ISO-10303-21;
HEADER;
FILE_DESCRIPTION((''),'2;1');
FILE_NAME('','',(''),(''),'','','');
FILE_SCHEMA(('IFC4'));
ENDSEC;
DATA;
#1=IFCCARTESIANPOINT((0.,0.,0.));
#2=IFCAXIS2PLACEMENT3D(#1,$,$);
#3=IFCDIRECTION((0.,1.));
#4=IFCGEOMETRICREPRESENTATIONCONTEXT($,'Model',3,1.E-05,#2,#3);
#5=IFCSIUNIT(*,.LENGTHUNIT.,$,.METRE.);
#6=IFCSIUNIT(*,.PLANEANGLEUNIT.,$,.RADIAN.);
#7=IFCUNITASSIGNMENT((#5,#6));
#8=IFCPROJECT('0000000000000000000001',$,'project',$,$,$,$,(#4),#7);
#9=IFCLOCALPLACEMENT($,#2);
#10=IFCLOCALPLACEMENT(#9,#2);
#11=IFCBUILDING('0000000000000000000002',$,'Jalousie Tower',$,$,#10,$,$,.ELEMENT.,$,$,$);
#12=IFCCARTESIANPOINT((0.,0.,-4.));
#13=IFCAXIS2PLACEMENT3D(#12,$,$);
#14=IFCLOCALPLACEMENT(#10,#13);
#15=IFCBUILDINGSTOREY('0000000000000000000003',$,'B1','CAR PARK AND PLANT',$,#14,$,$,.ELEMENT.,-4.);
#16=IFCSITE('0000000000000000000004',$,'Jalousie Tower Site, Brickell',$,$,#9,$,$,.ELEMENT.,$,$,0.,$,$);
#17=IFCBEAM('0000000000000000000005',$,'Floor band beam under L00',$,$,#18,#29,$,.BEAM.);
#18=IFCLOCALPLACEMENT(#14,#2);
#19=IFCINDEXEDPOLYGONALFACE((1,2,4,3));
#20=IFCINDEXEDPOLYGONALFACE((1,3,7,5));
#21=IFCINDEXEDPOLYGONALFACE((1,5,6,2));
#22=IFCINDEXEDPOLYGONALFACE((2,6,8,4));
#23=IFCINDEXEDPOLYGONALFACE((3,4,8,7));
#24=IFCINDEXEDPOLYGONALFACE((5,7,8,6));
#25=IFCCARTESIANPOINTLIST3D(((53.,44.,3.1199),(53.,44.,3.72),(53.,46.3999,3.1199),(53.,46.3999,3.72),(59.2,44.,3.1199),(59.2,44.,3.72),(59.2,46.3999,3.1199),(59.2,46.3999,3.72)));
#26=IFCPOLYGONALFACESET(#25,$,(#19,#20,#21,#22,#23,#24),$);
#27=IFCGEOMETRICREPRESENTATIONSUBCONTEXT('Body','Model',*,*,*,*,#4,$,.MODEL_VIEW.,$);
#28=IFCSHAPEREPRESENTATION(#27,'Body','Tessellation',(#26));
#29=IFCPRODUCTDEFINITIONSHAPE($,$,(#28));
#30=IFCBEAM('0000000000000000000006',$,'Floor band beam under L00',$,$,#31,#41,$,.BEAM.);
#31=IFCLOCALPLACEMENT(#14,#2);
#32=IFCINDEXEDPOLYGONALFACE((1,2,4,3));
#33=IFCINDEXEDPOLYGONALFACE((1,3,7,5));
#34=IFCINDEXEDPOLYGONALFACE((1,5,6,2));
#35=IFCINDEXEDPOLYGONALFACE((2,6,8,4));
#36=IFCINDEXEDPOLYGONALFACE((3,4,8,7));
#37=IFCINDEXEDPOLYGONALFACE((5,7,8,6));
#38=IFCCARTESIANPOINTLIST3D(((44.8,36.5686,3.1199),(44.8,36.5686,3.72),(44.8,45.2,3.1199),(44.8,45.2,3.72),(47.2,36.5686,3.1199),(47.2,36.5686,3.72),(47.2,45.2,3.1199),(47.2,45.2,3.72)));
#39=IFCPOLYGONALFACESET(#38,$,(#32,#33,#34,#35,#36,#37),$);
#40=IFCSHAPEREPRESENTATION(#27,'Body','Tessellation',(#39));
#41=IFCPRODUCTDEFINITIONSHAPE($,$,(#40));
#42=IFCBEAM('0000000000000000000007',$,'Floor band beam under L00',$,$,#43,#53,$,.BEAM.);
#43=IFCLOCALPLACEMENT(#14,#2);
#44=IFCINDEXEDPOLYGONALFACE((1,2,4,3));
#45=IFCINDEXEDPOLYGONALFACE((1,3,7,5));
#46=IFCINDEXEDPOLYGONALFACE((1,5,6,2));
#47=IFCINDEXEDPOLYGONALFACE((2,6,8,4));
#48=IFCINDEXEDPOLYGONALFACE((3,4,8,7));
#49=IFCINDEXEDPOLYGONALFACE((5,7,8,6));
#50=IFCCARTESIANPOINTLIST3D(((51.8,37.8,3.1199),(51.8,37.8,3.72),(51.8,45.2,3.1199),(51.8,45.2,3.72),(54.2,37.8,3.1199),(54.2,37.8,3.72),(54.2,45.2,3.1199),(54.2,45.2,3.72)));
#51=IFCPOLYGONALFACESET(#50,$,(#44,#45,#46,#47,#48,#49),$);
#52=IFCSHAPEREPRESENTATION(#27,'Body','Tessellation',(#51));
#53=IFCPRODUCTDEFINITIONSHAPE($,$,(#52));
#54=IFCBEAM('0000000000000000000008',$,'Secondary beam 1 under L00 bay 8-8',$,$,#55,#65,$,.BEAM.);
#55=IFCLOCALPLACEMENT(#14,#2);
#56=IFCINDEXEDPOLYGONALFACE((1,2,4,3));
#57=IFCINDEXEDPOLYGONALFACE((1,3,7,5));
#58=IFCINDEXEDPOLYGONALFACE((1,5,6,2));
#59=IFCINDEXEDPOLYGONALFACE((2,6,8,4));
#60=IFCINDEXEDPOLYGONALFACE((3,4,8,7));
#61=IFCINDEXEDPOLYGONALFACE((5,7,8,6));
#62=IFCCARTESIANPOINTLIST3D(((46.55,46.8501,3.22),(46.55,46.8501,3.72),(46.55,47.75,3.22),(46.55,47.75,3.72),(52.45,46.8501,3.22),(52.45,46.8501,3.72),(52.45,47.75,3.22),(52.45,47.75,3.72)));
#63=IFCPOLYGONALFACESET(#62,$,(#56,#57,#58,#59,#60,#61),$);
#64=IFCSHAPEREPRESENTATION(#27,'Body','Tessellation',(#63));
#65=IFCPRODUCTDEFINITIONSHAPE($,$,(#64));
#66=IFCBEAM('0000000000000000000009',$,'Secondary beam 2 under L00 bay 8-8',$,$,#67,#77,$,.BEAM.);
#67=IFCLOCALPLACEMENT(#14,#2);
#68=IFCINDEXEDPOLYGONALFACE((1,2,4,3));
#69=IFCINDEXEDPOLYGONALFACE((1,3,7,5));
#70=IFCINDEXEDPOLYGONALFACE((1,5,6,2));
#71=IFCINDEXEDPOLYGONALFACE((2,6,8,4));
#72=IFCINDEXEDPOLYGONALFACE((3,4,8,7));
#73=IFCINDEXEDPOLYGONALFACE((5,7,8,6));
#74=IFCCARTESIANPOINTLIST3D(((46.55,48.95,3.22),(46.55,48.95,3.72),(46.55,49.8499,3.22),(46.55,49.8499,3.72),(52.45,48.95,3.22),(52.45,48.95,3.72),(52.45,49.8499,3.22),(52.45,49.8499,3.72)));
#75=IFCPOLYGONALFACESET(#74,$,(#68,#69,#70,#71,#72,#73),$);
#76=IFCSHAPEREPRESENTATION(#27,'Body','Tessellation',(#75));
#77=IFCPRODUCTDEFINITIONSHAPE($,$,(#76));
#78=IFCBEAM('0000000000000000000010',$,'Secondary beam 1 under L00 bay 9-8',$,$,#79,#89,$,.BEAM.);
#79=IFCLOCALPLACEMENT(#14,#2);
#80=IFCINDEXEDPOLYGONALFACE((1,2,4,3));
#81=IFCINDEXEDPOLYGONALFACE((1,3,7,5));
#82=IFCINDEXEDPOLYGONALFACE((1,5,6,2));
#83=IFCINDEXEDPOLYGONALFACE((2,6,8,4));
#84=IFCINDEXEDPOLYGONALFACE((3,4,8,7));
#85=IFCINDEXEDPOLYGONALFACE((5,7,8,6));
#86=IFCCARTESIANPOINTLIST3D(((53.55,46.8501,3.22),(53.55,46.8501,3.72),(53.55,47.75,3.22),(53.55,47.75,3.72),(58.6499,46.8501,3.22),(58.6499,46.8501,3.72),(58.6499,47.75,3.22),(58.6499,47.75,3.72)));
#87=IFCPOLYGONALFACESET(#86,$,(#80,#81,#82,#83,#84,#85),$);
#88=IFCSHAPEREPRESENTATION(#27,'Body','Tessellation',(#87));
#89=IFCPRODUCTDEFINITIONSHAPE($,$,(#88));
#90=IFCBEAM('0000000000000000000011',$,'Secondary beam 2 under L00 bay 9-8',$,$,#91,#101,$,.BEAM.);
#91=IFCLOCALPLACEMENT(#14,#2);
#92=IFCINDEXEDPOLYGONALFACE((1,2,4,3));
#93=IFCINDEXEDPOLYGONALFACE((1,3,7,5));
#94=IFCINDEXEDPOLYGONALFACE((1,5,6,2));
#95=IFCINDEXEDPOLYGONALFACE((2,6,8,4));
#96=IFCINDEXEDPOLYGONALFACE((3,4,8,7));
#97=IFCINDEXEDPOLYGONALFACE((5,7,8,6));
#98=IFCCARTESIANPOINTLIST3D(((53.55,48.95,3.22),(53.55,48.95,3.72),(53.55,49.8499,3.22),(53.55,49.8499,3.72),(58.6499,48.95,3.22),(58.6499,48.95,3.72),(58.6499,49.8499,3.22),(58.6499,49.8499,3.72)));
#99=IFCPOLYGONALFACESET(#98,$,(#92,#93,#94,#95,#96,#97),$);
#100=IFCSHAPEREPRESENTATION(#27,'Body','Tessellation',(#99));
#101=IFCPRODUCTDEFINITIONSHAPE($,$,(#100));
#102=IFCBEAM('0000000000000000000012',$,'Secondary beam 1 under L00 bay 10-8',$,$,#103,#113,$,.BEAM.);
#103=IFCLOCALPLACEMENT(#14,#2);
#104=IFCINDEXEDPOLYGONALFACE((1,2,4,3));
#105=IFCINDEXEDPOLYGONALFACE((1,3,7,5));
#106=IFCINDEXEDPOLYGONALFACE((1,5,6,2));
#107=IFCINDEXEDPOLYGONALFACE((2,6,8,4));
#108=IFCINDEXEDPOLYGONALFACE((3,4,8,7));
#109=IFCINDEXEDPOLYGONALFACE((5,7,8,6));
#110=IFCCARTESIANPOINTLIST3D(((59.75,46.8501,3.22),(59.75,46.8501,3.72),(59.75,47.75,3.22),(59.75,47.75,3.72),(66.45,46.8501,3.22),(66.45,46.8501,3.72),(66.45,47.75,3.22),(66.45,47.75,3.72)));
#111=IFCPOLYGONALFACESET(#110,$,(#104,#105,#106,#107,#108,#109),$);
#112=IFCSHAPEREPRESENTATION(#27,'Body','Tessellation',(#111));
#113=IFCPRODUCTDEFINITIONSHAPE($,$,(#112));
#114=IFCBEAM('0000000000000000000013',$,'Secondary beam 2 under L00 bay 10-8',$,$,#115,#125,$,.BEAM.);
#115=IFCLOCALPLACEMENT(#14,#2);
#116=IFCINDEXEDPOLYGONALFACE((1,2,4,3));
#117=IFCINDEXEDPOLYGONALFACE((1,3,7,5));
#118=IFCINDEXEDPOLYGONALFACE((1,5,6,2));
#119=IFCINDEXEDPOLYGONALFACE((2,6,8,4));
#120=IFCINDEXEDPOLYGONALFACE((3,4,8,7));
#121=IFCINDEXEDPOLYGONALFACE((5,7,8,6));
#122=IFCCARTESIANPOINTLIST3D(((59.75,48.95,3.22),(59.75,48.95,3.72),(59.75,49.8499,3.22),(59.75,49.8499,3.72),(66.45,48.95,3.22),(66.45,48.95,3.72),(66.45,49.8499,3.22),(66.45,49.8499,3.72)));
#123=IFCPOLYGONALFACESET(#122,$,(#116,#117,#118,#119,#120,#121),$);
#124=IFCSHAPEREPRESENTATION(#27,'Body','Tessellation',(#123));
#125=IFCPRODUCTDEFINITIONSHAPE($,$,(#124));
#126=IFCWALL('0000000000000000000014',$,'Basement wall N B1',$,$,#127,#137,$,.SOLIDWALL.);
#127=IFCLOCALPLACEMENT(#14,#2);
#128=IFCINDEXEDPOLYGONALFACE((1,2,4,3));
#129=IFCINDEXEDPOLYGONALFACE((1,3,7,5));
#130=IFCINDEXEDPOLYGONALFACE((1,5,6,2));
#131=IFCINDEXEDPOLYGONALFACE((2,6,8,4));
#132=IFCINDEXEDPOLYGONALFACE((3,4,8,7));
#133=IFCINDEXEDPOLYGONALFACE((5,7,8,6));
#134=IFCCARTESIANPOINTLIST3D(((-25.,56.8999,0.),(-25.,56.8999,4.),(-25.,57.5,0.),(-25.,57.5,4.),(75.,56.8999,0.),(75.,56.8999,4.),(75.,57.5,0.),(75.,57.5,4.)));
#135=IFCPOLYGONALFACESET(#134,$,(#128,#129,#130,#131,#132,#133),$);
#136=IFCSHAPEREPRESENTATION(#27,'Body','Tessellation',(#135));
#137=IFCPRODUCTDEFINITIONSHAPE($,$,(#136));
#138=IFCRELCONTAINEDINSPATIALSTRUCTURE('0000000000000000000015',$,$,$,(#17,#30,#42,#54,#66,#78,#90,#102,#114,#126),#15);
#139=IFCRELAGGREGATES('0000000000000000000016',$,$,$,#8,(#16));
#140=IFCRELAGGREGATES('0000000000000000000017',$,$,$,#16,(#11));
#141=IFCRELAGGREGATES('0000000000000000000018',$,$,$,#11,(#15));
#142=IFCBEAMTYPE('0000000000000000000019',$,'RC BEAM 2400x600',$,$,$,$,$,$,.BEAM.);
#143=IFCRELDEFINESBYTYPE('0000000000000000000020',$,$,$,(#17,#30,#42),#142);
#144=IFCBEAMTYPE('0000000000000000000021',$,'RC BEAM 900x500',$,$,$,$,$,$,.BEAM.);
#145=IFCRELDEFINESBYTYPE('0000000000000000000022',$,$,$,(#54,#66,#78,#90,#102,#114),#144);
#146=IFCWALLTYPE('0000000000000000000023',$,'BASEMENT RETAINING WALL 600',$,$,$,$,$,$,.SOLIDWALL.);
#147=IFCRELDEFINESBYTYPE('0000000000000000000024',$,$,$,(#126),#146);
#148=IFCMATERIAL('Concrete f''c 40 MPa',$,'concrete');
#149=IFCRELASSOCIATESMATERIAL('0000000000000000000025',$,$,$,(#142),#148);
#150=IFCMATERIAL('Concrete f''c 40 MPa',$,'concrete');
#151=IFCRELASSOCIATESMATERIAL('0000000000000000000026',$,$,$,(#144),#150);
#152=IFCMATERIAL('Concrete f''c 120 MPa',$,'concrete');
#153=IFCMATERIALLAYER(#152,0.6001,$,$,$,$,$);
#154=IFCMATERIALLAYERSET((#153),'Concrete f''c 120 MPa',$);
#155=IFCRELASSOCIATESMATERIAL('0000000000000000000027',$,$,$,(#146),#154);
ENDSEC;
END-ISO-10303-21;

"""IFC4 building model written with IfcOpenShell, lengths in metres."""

from ifc_helpers import new_model, si_unit, direction, frame, frame_2d, origin, origin_2d, place, context, subcontext, project, spatial, rectangle, extrude, material, layer, layer_set, material_profile, profile_set, type_object, element, save


model = new_model("IFC4")

# Units and contexts
model_context = context("Model", 3, precision=1e-05, world=origin(), true_north=direction((0.0, 1.0)))
body_context = subcontext(model_context, "Body", "Model", "MODEL_VIEW")
ifc_project = project(units=[si_unit("LENGTHUNIT", "METRE"), si_unit("PLANEANGLEUNIT", "RADIAN")], contexts=[model_context])

# Site, building, storey
site_placement = place(None, origin())
site = spatial("IfcSite", under=ifc_project, at=site_placement, Name="Jalousie Tower Site, Brickell", CompositionType="ELEMENT", RefElevation=0.0)
building_placement = place(site_placement, origin())
building = spatial("IfcBuilding", under=site, at=building_placement, Name="Jalousie Tower", CompositionType="ELEMENT")
storey_placement = place(building_placement, frame((0.0, 0.0, -4.0)))
storey = spatial("IfcBuildingStorey", under=building, at=storey_placement, Name="B1", Description="CAR PARK AND PLANT", CompositionType="ELEMENT", Elevation=-4.0)

# Beams
ifc_material_1 = material(Name="Concrete f'c 40 MPa", Category="concrete")
ifc_material_profile_1 = material_profile(ifc_material_1, rectangle(XDim=2.3999, YDim=0.6001, at=origin_2d()), Name="RC 2400x600")
ifc_profile_set_1 = profile_set([ifc_material_profile_1], Name="Concrete f'c 40 MPa")
beam_type_1 = type_object("IfcBeamType", Name="RC BEAM 2400x600", PredefinedType="BEAM", material=ifc_profile_set_1)
beam_1_placement = place(storey_placement, frame((53.0, 45.2, 3.4199), z_axis=(1.0, 0.0, 0.0), x_axis=(0.0, 1.0, 0.0)))
element("IfcBeam", 1, at=beam_1_placement, inside=storey, type_object=beam_type_1, Name="Floor band beam under L00", PredefinedType="BEAM", context=body_context, shape_type="SweptSolid", body=[
    extrude(rectangle(XDim=2.3999, YDim=0.6001, at=origin_2d()), origin(), (0.0, 0.0, 1.0), 6.2),
])
beam_2_placement = place(storey_placement, frame((46.0, 45.2, 3.4199), z_axis=(0.0, -1.0, 0.0), x_axis=(1.0, 0.0, 0.0)))
element("IfcBeam", 2, at=beam_2_placement, inside=storey, type_object=beam_type_1, Name="Floor band beam under L00", PredefinedType="BEAM", context=body_context, shape_type="SweptSolid", body=[
    extrude(rectangle(XDim=2.3999, YDim=0.6001, at=origin_2d()), origin(), (0.0, 0.0, 1.0), 8.6313),
])
beam_3_placement = place(storey_placement, frame((53.0, 45.2, 3.4199), z_axis=(0.0, -1.0, 0.0), x_axis=(1.0, 0.0, 0.0)))
element("IfcBeam", 3, at=beam_3_placement, inside=storey, type_object=beam_type_1, Name="Floor band beam under L00", PredefinedType="BEAM", context=body_context, shape_type="SweptSolid", body=[
    extrude(rectangle(XDim=2.3999, YDim=0.6001, at=origin_2d()), origin(), (0.0, 0.0, 1.0), 7.3999),
])
ifc_material_2 = material(Name="Concrete f'c 40 MPa", Category="concrete")
ifc_material_profile_2 = material_profile(ifc_material_2, rectangle(XDim=0.8999, YDim=0.5, at=origin_2d()), Name="RC 900x500")
ifc_profile_set_2 = profile_set([ifc_material_profile_2], Name="Concrete f'c 40 MPa")
beam_type_2 = type_object("IfcBeamType", Name="RC BEAM 900x500", PredefinedType="BEAM", material=ifc_profile_set_2)
for number, where, z_axis, x_axis, name in (
    (4, (46.55, 47.3, 3.47), (1.0, 0.0, 0.0), (0.0, 1.0, 0.0), "Secondary beam 1 under L00 bay 8-8"),
    (5, (46.55, 49.3999, 3.47), (1.0, 0.0, 0.0), (0.0, 1.0, 0.0), "Secondary beam 2 under L00 bay 8-8"),
):
    element("IfcBeam", number, at=place(storey_placement, frame(where, z_axis=z_axis, x_axis=x_axis)), inside=storey, type_object=beam_type_2, Name=name, PredefinedType="BEAM", context=body_context, shape_type="SweptSolid", body=[
        extrude(rectangle(XDim=0.8999, YDim=0.5, at=origin_2d()), origin(), (0.0, 0.0, 1.0), 5.8999),
    ])
for number, where, z_axis, x_axis, name in (
    (6, (53.55, 47.3, 3.47), (1.0, 0.0, 0.0), (0.0, 1.0, 0.0), "Secondary beam 1 under L00 bay 9-8"),
    (7, (53.55, 49.3999, 3.47), (1.0, 0.0, 0.0), (0.0, 1.0, 0.0), "Secondary beam 2 under L00 bay 9-8"),
):
    element("IfcBeam", number, at=place(storey_placement, frame(where, z_axis=z_axis, x_axis=x_axis)), inside=storey, type_object=beam_type_2, Name=name, PredefinedType="BEAM", context=body_context, shape_type="SweptSolid", body=[
        extrude(rectangle(XDim=0.8999, YDim=0.5, at=origin_2d()), origin(), (0.0, 0.0, 1.0), 5.0999),
    ])
for number, where, z_axis, x_axis, name in (
    (8, (59.75, 47.3, 3.47), (1.0, 0.0, 0.0), (0.0, 1.0, 0.0), "Secondary beam 1 under L00 bay 10-8"),
    (9, (59.75, 49.3999, 3.47), (1.0, 0.0, 0.0), (0.0, 1.0, 0.0), "Secondary beam 2 under L00 bay 10-8"),
):
    element("IfcBeam", number, at=place(storey_placement, frame(where, z_axis=z_axis, x_axis=x_axis)), inside=storey, type_object=beam_type_2, Name=name, PredefinedType="BEAM", context=body_context, shape_type="SweptSolid", body=[
        extrude(rectangle(XDim=0.8999, YDim=0.5, at=origin_2d()), origin(), (0.0, 0.0, 1.0), 6.7),
    ])

# Wall
ifc_material_3 = material(Name="Concrete f'c 120 MPa", Category="concrete")
ifc_layer = layer(ifc_material_3, 0.6001)
ifc_layer_set = layer_set([ifc_layer], Name="Concrete f'c 120 MPa")
wall_type = type_object("IfcWallType", Name="BASEMENT RETAINING WALL 600", PredefinedType="SOLIDWALL", material=ifc_layer_set)
wall_placement = place(storey_placement, frame((75.0, 57.2, 0.0), z_axis=(0.0, 0.0, 1.0), x_axis=(-1.0, 0.0, 0.0)))
element("IfcWall", 10, at=wall_placement, inside=storey, type_object=wall_type, Name="Basement wall N B1", PredefinedType="SOLIDWALL", context=body_context, shape_type="SweptSolid", body=[
    extrude(rectangle(XDim=100.0, YDim=0.6001, at=frame_2d((50.0, 0.0))), origin(), (0.0, 0.0, 1.0), 4.0),
])

save(model, "model.ifc")
